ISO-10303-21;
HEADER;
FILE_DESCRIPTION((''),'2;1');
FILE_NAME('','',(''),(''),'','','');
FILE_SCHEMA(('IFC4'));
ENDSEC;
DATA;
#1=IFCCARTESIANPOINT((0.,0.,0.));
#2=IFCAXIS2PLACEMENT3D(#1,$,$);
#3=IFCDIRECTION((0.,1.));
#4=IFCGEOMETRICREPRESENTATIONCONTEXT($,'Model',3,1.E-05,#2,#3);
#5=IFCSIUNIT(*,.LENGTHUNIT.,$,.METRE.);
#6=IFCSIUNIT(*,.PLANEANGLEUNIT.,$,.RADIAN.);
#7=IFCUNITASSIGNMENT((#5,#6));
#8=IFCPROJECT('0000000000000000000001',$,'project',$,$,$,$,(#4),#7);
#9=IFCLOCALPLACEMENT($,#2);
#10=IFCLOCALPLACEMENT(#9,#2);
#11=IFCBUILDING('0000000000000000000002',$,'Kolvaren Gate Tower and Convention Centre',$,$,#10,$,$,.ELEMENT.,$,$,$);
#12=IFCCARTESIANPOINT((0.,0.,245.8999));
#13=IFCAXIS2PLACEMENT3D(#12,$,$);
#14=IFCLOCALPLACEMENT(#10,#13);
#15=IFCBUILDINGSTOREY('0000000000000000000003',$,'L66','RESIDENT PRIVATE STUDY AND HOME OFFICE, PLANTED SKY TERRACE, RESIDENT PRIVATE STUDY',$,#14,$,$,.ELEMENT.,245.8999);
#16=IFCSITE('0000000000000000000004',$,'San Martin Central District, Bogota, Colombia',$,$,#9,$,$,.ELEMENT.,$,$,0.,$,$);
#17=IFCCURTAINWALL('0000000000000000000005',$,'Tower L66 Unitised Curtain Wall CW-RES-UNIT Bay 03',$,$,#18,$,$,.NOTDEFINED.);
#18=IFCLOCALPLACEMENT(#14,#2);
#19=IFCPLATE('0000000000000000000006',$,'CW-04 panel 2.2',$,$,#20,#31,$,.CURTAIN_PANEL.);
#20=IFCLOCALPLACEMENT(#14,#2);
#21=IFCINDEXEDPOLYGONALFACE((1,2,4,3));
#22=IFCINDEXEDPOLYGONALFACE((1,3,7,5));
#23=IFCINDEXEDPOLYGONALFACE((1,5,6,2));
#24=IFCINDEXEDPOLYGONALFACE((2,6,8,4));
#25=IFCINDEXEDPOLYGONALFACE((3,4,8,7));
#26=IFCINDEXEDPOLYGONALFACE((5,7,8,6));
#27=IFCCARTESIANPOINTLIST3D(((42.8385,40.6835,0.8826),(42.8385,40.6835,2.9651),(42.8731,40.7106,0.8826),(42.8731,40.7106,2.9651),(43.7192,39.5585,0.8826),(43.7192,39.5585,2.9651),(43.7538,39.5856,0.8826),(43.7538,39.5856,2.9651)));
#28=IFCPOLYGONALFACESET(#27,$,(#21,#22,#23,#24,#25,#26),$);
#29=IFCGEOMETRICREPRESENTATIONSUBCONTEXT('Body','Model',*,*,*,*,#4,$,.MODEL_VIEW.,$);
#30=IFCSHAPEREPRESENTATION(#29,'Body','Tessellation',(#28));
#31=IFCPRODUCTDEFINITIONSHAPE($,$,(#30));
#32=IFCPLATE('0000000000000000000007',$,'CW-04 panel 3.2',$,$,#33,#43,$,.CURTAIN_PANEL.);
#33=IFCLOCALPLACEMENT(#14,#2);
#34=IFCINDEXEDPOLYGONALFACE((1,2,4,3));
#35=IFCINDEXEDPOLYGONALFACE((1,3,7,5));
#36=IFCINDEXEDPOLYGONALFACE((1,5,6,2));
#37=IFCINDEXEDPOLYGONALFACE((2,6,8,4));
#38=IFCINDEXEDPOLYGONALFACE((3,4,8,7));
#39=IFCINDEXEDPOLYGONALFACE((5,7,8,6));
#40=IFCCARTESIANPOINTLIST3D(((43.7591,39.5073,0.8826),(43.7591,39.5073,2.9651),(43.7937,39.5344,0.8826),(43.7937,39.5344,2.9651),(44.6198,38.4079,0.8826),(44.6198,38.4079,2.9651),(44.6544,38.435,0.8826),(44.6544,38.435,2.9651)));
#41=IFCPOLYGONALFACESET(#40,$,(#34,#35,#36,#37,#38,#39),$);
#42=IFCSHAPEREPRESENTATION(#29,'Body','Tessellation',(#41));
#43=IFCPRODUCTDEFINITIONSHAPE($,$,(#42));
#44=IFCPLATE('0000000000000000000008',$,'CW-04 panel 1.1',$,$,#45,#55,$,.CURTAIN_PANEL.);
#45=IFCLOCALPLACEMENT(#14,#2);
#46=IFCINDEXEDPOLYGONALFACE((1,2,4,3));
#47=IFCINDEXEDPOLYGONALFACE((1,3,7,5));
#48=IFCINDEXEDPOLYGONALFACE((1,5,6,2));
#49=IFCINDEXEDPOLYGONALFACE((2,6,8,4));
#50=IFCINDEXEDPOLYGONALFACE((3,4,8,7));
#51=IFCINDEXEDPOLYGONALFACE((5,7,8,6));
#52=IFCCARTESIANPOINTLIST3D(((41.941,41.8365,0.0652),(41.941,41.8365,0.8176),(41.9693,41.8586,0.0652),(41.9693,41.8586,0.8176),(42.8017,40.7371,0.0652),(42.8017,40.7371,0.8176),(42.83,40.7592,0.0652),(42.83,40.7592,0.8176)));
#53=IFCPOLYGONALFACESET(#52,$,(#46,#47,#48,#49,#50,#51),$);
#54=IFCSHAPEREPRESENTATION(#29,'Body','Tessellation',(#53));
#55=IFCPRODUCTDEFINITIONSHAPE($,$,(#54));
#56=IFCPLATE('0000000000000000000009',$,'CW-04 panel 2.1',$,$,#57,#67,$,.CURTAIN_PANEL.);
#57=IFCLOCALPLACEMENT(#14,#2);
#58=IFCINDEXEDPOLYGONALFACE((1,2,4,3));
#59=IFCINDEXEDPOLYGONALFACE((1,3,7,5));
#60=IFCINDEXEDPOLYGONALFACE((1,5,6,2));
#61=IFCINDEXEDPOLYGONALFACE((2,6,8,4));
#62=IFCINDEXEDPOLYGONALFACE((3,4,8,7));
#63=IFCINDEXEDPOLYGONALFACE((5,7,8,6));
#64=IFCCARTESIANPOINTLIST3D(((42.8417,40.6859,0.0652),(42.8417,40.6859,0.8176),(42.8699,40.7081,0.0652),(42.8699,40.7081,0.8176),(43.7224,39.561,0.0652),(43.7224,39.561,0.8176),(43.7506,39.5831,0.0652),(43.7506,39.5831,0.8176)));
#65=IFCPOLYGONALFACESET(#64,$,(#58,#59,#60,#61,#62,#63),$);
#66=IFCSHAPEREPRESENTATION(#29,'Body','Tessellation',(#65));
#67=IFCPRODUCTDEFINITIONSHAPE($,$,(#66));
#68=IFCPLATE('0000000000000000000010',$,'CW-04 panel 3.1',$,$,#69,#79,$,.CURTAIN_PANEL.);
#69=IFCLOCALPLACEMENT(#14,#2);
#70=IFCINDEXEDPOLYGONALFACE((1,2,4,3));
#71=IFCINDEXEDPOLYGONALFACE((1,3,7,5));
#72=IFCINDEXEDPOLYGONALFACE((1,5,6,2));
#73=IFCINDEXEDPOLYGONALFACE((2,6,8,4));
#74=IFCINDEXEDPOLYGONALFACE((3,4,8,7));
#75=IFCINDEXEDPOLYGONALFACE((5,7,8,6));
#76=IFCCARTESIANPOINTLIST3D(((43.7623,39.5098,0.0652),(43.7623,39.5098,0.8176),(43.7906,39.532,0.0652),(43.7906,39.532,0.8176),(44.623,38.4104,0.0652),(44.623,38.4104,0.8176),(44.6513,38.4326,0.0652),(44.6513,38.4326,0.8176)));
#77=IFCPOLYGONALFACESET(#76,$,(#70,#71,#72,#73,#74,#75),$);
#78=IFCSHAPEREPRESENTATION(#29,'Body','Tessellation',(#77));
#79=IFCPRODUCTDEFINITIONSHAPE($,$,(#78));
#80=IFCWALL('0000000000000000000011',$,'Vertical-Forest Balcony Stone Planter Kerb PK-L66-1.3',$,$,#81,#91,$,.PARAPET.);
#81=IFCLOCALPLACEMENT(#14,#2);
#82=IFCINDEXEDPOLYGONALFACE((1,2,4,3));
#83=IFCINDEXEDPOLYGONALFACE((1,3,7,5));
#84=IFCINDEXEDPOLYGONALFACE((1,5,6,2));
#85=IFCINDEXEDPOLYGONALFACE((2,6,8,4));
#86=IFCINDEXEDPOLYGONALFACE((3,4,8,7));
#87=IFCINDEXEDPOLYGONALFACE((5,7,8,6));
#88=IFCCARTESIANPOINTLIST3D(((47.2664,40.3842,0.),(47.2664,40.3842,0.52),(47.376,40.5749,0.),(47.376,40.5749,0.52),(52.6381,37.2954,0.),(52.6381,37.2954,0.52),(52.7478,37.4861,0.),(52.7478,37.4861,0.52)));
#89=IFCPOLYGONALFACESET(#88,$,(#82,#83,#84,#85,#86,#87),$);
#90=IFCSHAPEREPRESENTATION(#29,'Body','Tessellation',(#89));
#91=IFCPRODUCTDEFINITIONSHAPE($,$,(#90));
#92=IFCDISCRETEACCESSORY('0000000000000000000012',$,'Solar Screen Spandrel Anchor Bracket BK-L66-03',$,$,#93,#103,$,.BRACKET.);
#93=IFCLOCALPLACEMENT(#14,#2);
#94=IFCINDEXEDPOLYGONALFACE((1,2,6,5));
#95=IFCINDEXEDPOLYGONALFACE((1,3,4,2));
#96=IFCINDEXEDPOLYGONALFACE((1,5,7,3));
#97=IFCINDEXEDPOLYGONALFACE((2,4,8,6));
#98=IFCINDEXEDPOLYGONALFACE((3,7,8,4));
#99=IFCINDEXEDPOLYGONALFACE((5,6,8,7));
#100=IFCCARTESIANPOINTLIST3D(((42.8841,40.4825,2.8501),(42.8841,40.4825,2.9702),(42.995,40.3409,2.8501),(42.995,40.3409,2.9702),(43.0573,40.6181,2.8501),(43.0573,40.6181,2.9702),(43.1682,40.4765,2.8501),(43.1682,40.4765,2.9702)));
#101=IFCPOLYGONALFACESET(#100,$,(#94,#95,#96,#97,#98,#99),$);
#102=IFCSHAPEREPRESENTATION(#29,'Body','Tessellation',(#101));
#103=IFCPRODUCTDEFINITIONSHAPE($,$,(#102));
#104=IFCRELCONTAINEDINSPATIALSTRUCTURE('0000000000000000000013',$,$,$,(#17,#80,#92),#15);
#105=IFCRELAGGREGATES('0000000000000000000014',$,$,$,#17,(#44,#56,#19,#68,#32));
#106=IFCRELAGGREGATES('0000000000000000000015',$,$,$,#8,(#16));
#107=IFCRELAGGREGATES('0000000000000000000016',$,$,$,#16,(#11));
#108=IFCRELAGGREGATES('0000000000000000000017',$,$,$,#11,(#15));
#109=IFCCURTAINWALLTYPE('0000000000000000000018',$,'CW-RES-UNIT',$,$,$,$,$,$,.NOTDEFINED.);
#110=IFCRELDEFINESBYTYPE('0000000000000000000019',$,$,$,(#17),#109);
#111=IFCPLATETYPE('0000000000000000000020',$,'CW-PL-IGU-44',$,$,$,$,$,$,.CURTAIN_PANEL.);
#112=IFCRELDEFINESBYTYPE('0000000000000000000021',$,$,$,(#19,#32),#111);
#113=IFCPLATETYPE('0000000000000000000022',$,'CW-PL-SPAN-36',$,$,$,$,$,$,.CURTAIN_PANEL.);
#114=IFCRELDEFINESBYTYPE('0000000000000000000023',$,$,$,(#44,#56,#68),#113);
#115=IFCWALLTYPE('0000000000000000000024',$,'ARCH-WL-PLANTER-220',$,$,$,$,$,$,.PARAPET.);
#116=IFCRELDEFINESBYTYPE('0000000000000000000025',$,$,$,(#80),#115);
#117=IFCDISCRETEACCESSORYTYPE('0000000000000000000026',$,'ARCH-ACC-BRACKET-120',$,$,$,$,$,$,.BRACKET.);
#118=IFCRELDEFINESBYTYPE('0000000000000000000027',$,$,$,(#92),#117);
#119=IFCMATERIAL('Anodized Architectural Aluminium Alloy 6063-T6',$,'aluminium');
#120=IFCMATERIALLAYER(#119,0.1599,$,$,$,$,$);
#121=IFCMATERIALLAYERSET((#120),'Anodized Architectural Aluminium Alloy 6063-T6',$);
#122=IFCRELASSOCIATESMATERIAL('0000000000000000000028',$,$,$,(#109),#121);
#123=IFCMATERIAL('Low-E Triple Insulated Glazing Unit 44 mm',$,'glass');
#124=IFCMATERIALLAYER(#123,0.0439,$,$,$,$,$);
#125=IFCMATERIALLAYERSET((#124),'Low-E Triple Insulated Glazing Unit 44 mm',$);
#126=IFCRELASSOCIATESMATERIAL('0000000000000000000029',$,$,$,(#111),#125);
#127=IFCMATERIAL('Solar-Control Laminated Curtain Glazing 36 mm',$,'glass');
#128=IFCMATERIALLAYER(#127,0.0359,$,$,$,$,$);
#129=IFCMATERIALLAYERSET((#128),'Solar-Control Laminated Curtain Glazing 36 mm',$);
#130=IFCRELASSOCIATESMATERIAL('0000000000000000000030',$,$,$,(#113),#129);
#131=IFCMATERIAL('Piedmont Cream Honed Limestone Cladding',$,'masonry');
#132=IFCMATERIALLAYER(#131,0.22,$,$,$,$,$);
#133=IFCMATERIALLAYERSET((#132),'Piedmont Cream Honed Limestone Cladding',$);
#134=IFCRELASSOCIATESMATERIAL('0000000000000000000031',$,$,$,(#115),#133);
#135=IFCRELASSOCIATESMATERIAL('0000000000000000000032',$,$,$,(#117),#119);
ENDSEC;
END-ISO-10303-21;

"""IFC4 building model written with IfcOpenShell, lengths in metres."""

from ifc_helpers import new_model, si_unit, direction, frame, frame_2d, origin, origin_2d, place, context, subcontext, project, spatial, rectangle, extrude, material, layer, layer_set, type_object, element, aggregate, save


model = new_model("IFC4")

# Units and contexts
model_context = context("Model", 3, precision=1e-05, world=origin(), true_north=direction((0.0, 1.0)))
body_context = subcontext(model_context, "Body", "Model", "MODEL_VIEW")
ifc_project = project(units=[si_unit("LENGTHUNIT", "METRE"), si_unit("PLANEANGLEUNIT", "RADIAN")], contexts=[model_context])

# Site, building, storey
site_placement = place(None, origin())
site = spatial("IfcSite", under=ifc_project, at=site_placement, Name="San Martin Central District, Bogota, Colombia", CompositionType="ELEMENT", RefElevation=0.0)
building_placement = place(site_placement, origin())
building = spatial("IfcBuilding", under=site, at=building_placement, Name="Kolvaren Gate Tower and Convention Centre", CompositionType="ELEMENT")
storey_placement = place(building_placement, frame((0.0, 0.0, 245.8999)))
storey = spatial("IfcBuildingStorey", under=building, at=storey_placement, Name="L66", Description="RESIDENT PRIVATE STUDY AND HOME OFFICE, PLANTED SKY TERRACE, RESIDENT PRIVATE STUDY", CompositionType="ELEMENT", Elevation=245.8999)

# Curtain wall
ifc_material_1 = material(Name="Anodized Architectural Aluminium Alloy 6063-T6", Category="aluminium")
ifc_layer_1 = layer(ifc_material_1, 0.1599)
ifc_layer_set_1 = layer_set([ifc_layer_1], Name="Anodized Architectural Aluminium Alloy 6063-T6")
curtain_wall_type = type_object("IfcCurtainWallType", Name="CW-RES-UNIT", PredefinedType="NOTDEFINED", material=ifc_layer_set_1)
curtain_wall_placement = place(storey_placement, origin())
curtain_wall = element("IfcCurtainWall", 1, at=curtain_wall_placement, inside=storey, type_object=curtain_wall_type, Name="Tower L66 Unitised Curtain Wall CW-RES-UNIT Bay 03", PredefinedType="NOTDEFINED")

# Plates
ifc_material_2 = material(Name="Low-E Triple Insulated Glazing Unit 44 mm", Category="glass")
ifc_layer_2 = layer(ifc_material_2, 0.0439)
ifc_layer_set_2 = layer_set([ifc_layer_2], Name="Low-E Triple Insulated Glazing Unit 44 mm")
plate_type_1 = type_object("IfcPlateType", Name="CW-PL-IGU-44", PredefinedType="CURTAIN_PANEL", material=ifc_layer_set_2)
plate_1_placement = place(storey_placement, frame((43.2961, 40.1345, 0.8826), z_axis=(0.0, 0.0, 1.0), x_axis=(0.616439, -0.787403, 0.0)))
plate_1 = element("IfcPlate", 2, at=plate_1_placement, type_object=plate_type_1, Name="CW-04 panel 2.2", PredefinedType="CURTAIN_PANEL", context=body_context, shape_type="SweptSolid", body=[
    extrude(rectangle(XDim=1.4287, YDim=0.0439, at=origin_2d()), origin(), (0.0, 0.0, 1.0), 2.0825),
])
plate_2_placement = place(storey_placement, frame((44.2068, 38.9712, 0.8826), z_axis=(0.0, 0.0, 1.0), x_axis=(0.616439, -0.787403, 0.0)))
plate_2 = element("IfcPlate", 3, at=plate_2_placement, type_object=plate_type_1, Name="CW-04 panel 3.2", PredefinedType="CURTAIN_PANEL", context=body_context, shape_type="SweptSolid", body=[
    extrude(rectangle(XDim=1.3962, YDim=0.0439, at=origin_2d()), origin(), (0.0, 0.0, 1.0), 2.0825),
])
ifc_material_3 = material(Name="Solar-Control Laminated Curtain Glazing 36 mm", Category="glass")
ifc_layer_3 = layer(ifc_material_3, 0.0359)
ifc_layer_set_3 = layer_set([ifc_layer_3], Name="Solar-Control Laminated Curtain Glazing 36 mm")
plate_type_2 = type_object("IfcPlateType", Name="CW-PL-SPAN-36", PredefinedType="CURTAIN_PANEL", material=ifc_layer_set_3)
plate_3_placement = place(storey_placement, frame((42.3855, 41.2979, 0.0652), z_axis=(0.0, 0.0, 1.0), x_axis=(0.616439, -0.787403, 0.0)))
plate_3 = element("IfcPlate", 4, at=plate_3_placement, type_object=plate_type_2, Name="CW-04 panel 1.1", PredefinedType="CURTAIN_PANEL", context=body_context, shape_type="SweptSolid", body=[
    extrude(rectangle(XDim=1.3962, YDim=0.0359, at=origin_2d()), origin(), (0.0, 0.0, 1.0), 0.7524),
])
plate_4_placement = place(storey_placement, frame((43.2961, 40.1345, 0.0652), z_axis=(0.0, 0.0, 1.0), x_axis=(0.616439, -0.787403, 0.0)))
plate_4 = element("IfcPlate", 5, at=plate_4_placement, type_object=plate_type_2, Name="CW-04 panel 2.1", PredefinedType="CURTAIN_PANEL", context=body_context, shape_type="SweptSolid", body=[
    extrude(rectangle(XDim=1.4287, YDim=0.0359, at=origin_2d()), origin(), (0.0, 0.0, 1.0), 0.7524),
])
plate_5_placement = place(storey_placement, frame((44.2068, 38.9712, 0.0652), z_axis=(0.0, 0.0, 1.0), x_axis=(0.616439, -0.787403, 0.0)))
plate_5 = element("IfcPlate", 6, at=plate_5_placement, type_object=plate_type_2, Name="CW-04 panel 3.1", PredefinedType="CURTAIN_PANEL", context=body_context, shape_type="SweptSolid", body=[
    extrude(rectangle(XDim=1.3962, YDim=0.0359, at=origin_2d()), origin(), (0.0, 0.0, 1.0), 0.7524),
])
aggregate(curtain_wall, [plate_3, plate_4, plate_1, plate_5, plate_2])

# Wall
ifc_material_4 = material(Name="Piedmont Cream Honed Limestone Cladding", Category="masonry")
ifc_layer_4 = layer(ifc_material_4, 0.22)
ifc_layer_set_4 = layer_set([ifc_layer_4], Name="Piedmont Cream Honed Limestone Cladding")
wall_type = type_object("IfcWallType", Name="ARCH-WL-PLANTER-220", PredefinedType="PARAPET", material=ifc_layer_set_4)
wall_placement = place(storey_placement, frame((47.3213, 40.4795, 0.0), z_axis=(0.0, 0.0, 1.0), x_axis=(0.866902, -0.498479, 0.0)))
element("IfcWall", 7, at=wall_placement, inside=storey, type_object=wall_type, Name="Vertical-Forest Balcony Stone Planter Kerb PK-L66-1.3", PredefinedType="PARAPET", context=body_context, shape_type="SweptSolid", body=[
    extrude(rectangle(XDim=6.1965, YDim=0.22, at=frame_2d((3.0981, 0.0))), origin(), (0.0, 0.0, 1.0), 0.52),
])

# Discrete accessory
discrete_accessory_type = type_object("IfcDiscreteAccessoryType", Name="ARCH-ACC-BRACKET-120", PredefinedType="BRACKET", material=ifc_material_1)
discrete_accessory_placement = place(storey_placement, frame((43.0261, 40.4795, 2.8501), z_axis=(0.0, 0.0, 1.0), x_axis=(0.616435, -0.787405, 0.0)))
element("IfcDiscreteAccessory", 8, at=discrete_accessory_placement, inside=storey, type_object=discrete_accessory_type, Name="Solar Screen Spandrel Anchor Bracket BK-L66-03", PredefinedType="BRACKET", context=body_context, shape_type="SweptSolid", body=[
    extrude(rectangle(XDim=0.1799, YDim=0.22, at=origin_2d()), origin(), (0.0, 0.0, 1.0), 0.1201),
])

save(model, "model.ifc")
